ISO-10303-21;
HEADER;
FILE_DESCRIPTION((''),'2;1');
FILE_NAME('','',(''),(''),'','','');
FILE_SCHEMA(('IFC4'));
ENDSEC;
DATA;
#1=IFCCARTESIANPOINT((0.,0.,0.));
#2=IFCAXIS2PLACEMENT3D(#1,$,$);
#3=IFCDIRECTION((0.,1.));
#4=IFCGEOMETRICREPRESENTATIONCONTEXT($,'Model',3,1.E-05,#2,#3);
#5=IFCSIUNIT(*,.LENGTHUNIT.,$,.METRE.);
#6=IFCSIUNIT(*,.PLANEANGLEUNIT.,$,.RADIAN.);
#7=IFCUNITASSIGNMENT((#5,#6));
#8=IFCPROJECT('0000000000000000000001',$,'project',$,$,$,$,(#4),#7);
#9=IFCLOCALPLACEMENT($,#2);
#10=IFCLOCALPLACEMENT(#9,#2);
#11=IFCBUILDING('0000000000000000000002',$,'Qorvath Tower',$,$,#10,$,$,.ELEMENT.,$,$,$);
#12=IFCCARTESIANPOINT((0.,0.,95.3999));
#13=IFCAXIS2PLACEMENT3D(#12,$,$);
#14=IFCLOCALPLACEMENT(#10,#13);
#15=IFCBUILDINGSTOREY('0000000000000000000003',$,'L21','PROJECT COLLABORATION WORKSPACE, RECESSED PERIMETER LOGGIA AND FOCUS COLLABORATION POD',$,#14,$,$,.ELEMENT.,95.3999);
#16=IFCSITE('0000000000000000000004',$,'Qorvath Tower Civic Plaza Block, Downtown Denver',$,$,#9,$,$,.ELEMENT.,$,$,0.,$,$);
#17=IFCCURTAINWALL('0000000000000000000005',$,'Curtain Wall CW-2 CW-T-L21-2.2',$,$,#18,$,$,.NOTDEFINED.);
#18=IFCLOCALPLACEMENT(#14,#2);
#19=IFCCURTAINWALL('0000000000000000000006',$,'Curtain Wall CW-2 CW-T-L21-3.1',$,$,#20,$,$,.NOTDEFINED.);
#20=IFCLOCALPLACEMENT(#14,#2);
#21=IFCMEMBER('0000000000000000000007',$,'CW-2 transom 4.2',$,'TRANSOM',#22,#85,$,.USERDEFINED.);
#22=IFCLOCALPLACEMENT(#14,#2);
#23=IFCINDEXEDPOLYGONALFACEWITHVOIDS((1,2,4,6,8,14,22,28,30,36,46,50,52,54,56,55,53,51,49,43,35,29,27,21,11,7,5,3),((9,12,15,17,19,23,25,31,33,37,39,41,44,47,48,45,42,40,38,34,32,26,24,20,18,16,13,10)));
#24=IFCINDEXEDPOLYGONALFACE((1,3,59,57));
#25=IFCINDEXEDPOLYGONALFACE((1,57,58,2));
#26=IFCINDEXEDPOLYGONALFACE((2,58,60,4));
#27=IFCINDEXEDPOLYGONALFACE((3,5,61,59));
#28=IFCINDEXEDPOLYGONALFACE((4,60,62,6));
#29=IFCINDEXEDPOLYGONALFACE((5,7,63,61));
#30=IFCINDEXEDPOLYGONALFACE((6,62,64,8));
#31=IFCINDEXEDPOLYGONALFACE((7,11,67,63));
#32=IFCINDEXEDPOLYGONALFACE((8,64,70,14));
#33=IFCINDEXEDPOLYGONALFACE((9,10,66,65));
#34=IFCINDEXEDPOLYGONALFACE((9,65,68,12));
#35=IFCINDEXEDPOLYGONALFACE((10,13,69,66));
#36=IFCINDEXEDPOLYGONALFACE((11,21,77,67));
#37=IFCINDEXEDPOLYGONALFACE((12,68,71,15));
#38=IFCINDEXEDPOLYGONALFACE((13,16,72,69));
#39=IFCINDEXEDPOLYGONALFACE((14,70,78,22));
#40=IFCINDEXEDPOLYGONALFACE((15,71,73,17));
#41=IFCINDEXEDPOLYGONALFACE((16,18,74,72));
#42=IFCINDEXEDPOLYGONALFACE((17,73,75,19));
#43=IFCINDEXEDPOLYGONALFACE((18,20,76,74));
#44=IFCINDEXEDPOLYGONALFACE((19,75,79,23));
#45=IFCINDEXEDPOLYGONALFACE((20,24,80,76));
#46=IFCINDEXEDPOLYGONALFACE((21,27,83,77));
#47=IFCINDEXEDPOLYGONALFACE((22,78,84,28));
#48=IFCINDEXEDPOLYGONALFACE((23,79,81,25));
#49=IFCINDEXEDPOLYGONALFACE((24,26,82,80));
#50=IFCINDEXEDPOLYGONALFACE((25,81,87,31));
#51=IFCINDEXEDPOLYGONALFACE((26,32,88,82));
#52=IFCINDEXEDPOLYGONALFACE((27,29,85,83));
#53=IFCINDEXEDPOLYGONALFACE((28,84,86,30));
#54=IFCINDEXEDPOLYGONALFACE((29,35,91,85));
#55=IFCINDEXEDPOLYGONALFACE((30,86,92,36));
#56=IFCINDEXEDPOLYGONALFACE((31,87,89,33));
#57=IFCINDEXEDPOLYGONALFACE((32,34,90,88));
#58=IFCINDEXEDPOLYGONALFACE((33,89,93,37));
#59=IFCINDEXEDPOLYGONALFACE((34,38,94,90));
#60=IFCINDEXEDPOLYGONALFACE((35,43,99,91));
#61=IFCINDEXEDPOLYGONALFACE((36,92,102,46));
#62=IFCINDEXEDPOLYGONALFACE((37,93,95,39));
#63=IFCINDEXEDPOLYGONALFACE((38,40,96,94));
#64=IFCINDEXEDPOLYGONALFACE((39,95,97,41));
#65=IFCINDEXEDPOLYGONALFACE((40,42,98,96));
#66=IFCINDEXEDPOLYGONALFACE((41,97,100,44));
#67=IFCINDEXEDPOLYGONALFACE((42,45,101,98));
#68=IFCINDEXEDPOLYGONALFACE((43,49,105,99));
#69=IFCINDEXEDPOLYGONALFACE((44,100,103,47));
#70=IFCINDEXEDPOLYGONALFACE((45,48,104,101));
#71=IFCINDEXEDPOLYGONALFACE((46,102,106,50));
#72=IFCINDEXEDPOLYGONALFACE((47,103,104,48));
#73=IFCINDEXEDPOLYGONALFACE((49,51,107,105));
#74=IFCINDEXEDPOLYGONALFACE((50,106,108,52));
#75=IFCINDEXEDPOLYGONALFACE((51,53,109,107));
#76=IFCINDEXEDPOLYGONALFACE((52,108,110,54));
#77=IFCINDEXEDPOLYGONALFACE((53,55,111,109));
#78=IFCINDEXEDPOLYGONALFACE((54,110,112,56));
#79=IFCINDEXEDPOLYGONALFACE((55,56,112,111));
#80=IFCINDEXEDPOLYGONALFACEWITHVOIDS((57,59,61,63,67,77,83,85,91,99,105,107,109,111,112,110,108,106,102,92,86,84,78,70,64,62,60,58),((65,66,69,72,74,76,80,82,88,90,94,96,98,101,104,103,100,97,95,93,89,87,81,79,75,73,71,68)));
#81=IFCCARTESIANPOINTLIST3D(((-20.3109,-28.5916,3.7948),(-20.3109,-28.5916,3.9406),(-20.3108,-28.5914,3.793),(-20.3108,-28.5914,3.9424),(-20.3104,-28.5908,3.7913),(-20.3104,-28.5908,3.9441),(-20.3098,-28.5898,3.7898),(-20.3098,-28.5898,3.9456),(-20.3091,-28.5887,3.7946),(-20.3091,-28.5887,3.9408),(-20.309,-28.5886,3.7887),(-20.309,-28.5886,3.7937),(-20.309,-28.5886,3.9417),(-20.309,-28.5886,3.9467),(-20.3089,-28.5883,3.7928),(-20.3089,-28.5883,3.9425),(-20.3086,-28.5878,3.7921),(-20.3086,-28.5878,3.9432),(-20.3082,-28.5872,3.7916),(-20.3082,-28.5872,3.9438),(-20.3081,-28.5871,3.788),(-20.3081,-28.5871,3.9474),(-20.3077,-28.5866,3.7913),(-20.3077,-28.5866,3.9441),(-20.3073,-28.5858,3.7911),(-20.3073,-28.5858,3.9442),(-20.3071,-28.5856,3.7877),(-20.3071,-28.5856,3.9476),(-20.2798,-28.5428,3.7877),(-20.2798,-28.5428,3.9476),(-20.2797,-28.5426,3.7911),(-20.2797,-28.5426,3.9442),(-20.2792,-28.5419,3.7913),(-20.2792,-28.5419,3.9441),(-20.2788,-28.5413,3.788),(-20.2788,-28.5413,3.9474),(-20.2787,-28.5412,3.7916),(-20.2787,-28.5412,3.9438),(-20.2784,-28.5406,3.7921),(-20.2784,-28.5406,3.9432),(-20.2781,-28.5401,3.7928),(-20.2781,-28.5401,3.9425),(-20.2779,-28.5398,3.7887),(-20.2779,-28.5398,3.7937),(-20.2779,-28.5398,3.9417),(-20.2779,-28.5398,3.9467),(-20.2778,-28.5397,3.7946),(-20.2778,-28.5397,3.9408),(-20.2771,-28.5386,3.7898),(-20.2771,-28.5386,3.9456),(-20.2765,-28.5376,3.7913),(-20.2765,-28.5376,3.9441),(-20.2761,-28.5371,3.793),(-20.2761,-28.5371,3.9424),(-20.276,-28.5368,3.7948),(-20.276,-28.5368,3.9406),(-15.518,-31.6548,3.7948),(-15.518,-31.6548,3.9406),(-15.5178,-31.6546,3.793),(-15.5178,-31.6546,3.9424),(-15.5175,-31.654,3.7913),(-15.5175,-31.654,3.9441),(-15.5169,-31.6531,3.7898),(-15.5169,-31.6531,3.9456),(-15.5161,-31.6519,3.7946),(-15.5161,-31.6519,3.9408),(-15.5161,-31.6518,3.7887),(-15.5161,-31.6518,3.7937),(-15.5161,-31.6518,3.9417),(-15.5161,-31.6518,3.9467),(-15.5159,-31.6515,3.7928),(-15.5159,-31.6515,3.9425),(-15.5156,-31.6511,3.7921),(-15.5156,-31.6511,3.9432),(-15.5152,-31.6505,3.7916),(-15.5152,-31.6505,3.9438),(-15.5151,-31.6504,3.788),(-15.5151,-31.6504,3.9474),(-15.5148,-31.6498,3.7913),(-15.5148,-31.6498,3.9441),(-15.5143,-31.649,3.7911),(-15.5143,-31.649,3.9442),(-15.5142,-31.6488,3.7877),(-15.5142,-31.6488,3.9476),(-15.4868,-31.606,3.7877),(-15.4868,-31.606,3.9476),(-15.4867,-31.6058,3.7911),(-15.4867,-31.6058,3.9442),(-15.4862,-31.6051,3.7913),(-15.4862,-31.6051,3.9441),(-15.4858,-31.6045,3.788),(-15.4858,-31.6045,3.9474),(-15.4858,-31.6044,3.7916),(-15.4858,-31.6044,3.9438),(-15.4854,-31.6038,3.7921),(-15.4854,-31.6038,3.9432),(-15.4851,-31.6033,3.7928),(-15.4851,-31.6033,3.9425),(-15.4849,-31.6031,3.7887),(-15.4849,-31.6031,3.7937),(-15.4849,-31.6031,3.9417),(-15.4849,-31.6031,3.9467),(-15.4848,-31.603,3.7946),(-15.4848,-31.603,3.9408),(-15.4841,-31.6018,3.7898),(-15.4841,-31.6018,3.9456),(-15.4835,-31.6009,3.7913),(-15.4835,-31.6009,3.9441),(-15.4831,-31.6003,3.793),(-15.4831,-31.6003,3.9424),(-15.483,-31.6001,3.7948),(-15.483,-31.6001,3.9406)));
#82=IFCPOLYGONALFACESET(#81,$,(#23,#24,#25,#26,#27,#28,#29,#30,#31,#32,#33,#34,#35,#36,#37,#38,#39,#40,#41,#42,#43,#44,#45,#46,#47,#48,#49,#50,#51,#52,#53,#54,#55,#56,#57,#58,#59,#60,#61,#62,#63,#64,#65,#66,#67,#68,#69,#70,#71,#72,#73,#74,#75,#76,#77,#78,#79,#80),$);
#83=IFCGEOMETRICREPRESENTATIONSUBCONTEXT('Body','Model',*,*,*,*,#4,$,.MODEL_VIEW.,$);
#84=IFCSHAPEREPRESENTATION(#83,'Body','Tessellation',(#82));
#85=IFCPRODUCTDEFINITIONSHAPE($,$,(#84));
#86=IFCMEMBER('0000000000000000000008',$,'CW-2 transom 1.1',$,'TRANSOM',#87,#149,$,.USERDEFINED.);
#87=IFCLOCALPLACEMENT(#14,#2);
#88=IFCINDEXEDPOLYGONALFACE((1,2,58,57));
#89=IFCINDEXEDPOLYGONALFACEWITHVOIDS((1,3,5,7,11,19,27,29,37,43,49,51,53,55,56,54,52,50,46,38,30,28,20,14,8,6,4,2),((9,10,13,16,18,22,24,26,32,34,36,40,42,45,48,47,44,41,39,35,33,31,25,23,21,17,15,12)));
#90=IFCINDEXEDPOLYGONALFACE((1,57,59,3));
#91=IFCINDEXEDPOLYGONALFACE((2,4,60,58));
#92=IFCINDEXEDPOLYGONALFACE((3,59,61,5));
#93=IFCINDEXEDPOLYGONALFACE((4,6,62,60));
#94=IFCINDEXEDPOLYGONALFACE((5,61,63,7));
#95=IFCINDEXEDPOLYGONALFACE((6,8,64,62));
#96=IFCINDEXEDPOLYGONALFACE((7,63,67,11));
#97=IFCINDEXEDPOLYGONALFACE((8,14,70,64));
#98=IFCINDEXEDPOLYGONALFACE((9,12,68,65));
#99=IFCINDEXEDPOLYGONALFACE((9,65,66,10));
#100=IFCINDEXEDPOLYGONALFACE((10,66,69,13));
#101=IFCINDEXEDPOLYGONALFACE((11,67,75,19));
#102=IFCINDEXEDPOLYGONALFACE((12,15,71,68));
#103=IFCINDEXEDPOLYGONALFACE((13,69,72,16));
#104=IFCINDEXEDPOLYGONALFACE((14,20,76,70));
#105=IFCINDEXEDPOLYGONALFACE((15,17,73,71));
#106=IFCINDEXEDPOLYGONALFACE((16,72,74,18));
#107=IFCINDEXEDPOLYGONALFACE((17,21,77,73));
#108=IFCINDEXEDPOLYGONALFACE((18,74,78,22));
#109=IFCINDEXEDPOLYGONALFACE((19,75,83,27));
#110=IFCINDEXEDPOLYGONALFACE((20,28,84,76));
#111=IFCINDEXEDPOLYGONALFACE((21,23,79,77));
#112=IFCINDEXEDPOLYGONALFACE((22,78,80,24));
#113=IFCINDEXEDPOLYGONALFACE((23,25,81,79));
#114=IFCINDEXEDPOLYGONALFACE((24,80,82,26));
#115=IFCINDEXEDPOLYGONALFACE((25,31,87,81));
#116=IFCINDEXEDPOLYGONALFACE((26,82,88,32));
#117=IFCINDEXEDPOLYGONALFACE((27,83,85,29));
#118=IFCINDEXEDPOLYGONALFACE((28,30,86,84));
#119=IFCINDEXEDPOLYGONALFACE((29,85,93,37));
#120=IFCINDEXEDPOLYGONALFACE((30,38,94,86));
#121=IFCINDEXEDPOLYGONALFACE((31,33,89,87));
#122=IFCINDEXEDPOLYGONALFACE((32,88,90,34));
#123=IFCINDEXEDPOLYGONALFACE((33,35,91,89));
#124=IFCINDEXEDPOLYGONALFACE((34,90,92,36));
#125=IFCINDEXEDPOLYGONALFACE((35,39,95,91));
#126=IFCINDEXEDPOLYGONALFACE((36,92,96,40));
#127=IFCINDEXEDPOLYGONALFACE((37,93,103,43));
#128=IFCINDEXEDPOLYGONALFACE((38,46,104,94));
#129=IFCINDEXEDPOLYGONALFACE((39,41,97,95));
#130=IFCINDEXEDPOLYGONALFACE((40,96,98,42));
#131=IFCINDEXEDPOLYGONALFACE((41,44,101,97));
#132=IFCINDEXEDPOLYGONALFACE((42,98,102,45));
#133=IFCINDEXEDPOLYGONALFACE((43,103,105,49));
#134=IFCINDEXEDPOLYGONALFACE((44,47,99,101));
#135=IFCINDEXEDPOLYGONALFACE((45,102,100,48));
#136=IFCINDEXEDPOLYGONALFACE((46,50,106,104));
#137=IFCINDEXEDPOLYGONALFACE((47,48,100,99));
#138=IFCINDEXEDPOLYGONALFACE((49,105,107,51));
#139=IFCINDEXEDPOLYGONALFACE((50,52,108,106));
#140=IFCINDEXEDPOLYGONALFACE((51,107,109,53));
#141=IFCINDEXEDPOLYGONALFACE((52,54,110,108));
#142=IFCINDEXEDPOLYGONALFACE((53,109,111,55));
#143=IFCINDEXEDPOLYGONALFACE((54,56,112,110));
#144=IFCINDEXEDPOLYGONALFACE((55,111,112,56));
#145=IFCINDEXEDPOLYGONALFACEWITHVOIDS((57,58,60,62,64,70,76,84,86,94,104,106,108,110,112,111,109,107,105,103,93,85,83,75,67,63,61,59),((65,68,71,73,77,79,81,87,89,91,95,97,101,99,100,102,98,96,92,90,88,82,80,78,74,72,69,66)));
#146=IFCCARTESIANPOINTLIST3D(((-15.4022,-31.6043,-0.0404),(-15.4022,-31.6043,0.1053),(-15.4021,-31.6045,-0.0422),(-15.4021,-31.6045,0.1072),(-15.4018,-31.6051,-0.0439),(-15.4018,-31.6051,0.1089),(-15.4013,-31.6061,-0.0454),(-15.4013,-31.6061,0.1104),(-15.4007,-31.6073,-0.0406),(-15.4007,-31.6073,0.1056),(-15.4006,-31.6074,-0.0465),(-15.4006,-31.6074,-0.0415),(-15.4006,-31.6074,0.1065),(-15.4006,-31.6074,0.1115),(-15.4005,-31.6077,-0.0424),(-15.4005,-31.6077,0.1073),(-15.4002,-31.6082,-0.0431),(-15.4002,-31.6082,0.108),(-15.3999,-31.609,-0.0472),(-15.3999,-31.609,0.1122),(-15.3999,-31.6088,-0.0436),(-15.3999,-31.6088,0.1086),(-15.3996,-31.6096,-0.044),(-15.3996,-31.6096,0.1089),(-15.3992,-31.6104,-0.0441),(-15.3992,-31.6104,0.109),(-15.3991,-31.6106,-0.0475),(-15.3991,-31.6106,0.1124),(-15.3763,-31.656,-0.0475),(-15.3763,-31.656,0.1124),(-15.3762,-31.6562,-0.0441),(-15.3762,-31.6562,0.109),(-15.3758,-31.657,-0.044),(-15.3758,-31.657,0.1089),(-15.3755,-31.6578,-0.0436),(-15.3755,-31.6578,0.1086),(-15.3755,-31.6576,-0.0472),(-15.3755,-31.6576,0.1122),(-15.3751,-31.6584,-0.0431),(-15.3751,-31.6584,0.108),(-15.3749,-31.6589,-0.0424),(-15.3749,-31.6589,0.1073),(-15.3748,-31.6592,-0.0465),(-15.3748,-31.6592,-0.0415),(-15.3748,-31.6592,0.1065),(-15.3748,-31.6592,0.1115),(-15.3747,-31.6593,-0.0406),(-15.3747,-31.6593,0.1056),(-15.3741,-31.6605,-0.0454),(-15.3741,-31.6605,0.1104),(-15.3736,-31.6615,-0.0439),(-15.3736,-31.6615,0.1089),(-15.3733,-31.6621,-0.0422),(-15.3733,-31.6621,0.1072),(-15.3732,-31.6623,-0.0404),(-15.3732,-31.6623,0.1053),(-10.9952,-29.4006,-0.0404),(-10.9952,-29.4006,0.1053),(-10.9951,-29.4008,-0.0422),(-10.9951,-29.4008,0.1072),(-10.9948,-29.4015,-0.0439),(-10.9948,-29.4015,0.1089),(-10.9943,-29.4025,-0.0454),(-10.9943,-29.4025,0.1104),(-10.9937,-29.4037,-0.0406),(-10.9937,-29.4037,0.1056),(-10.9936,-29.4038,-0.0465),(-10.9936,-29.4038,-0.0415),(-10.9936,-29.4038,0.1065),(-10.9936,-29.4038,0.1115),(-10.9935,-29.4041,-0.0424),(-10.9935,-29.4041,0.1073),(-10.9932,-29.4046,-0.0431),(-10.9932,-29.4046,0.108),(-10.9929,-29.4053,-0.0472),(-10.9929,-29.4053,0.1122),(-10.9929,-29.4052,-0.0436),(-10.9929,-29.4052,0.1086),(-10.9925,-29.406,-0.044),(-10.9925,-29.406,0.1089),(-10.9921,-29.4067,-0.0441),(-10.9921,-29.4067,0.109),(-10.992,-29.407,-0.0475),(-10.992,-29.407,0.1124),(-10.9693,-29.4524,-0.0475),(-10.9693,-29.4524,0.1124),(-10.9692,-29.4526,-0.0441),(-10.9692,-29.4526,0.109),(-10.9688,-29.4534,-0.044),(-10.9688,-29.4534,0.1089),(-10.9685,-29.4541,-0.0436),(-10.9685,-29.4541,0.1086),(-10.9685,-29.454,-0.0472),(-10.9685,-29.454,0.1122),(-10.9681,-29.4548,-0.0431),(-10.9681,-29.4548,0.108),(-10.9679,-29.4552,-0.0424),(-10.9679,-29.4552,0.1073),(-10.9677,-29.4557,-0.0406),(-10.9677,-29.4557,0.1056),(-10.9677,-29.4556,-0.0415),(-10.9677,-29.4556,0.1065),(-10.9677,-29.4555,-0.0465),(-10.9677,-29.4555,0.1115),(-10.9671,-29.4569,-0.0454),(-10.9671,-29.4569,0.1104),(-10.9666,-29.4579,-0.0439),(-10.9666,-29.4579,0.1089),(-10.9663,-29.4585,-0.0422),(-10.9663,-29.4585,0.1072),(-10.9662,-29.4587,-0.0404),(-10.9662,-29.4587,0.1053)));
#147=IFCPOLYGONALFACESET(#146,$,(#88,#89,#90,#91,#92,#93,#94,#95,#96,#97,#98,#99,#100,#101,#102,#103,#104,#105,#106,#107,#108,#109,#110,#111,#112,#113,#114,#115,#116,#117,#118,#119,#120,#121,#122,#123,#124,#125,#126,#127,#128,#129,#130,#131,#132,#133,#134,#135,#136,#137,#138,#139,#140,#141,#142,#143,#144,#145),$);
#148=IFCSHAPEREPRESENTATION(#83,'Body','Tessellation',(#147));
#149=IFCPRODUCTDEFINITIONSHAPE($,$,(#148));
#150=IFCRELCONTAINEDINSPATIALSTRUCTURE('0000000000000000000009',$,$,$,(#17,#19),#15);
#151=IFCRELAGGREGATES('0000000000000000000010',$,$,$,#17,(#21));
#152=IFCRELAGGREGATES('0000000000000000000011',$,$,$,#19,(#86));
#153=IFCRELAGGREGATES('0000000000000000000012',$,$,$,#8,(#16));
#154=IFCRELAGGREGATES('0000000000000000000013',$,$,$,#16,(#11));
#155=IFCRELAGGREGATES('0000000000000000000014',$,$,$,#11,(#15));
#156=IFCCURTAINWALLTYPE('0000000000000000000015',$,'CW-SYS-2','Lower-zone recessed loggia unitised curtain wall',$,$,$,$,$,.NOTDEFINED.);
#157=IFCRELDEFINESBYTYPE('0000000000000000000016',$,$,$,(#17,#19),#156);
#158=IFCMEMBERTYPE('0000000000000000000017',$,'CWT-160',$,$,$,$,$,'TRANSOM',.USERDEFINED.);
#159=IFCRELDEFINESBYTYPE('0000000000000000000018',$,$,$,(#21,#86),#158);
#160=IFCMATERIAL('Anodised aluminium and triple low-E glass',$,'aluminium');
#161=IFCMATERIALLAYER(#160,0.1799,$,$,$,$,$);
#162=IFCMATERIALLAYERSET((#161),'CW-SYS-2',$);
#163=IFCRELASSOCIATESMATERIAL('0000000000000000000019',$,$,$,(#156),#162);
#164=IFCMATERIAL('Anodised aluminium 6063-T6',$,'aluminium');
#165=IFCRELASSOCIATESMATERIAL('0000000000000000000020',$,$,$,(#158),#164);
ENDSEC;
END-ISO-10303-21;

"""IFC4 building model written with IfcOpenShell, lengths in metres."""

from ifc_helpers import new_model, si_unit, direction, frame, origin, origin_2d, place, context, subcontext, project, spatial, hollow_rectangle, extrude, material, layer, layer_set, material_profile, profile_set, type_object, element, aggregate, save


model = new_model("IFC4")

# Units and contexts
model_context = context("Model", 3, precision=1e-05, world=origin(), true_north=direction((0.0, 1.0)))
body_context = subcontext(model_context, "Body", "Model", "MODEL_VIEW")
ifc_project = project(units=[si_unit("LENGTHUNIT", "METRE"), si_unit("PLANEANGLEUNIT", "RADIAN")], contexts=[model_context])

# Site, building, storey
site_placement = place(None, origin())
site = spatial("IfcSite", under=ifc_project, at=site_placement, Name="Qorvath Tower Civic Plaza Block, Downtown Denver", CompositionType="ELEMENT", RefElevation=0.0)
building_placement = place(site_placement, origin())
building = spatial("IfcBuilding", under=site, at=building_placement, Name="Qorvath Tower", CompositionType="ELEMENT")
storey_placement = place(building_placement, frame((0.0, 0.0, 95.3999)))
storey = spatial("IfcBuildingStorey", under=building, at=storey_placement, Name="L21", Description="PROJECT COLLABORATION WORKSPACE, RECESSED PERIMETER LOGGIA AND FOCUS COLLABORATION POD", CompositionType="ELEMENT", Elevation=95.3999)

# Curtain wall
ifc_material_1 = material(Name="Anodised aluminium and triple low-E glass", Category="aluminium")
ifc_layer_1 = layer(ifc_material_1, 0.1799)
ifc_layer_set_1 = layer_set([ifc_layer_1], Name="CW-SYS-2")
curtain_wall_type = type_object("IfcCurtainWallType", Name="CW-SYS-2", Description="Lower-zone recessed loggia unitised curtain wall", PredefinedType="NOTDEFINED", material=ifc_layer_set_1)
curtain_wall_1_placement = place(storey_placement, origin())
curtain_wall_1 = element("IfcCurtainWall", 1, at=curtain_wall_1_placement, inside=storey, type_object=curtain_wall_type, Name="Curtain Wall CW-2 CW-T-L21-2.2", PredefinedType="NOTDEFINED")

# Curtain wall
curtain_wall_2_placement = place(storey_placement, origin())
curtain_wall_2 = element("IfcCurtainWall", 2, at=curtain_wall_2_placement, inside=storey, type_object=curtain_wall_type, Name="Curtain Wall CW-2 CW-T-L21-3.1", PredefinedType="NOTDEFINED")

# Members
ifc_material_2 = material(Name="Anodised aluminium 6063-T6", Category="aluminium")
ifc_material_profile_1 = material_profile(ifc_material_2, hollow_rectangle(XDim=0.0649, YDim=0.1599, WallThickness=0.0034, InnerFilletRadius=0.0034, OuterFilletRadius=0.0071, at=origin_2d()), Name="CWT 160x65")
ifc_profile_set_1 = profile_set([ifc_material_profile_1], Name="Anodised aluminium 6063-T6")
member_type_1 = type_object("IfcMemberType", Name="CWT-160", ElementType="TRANSOM", PredefinedType="USERDEFINED", material=ifc_profile_set_1)
member_1_placement = place(storey_placement, frame((-20.2935, -28.5642, 3.8677), z_axis=(0.842612, -0.538521, 0.0), x_axis=(0.538521, 0.842612, 0.0)))
member_1 = element("IfcMember", 3, at=member_1_placement, type_object=member_type_1, Name="CW-2 transom 4.2", ObjectType="TRANSOM", PredefinedType="USERDEFINED", context=body_context, shape_type="SweptSolid", body=[
    extrude(hollow_rectangle(XDim=0.0649, YDim=0.1599, WallThickness=0.0034, InnerFilletRadius=0.0034, OuterFilletRadius=0.0071, at=origin_2d()), origin(), (0.0, 0.0, 1.0), 5.6882),
])
member_2_placement = place(storey_placement, frame((-15.3877, -31.6333, 0.0325), z_axis=(0.894417, 0.447233, 0.0), x_axis=(-0.447233, 0.894417, 0.0)))
member_2 = element("IfcMember", 4, at=member_2_placement, type_object=member_type_1, Name="CW-2 transom 1.1", ObjectType="TRANSOM", PredefinedType="USERDEFINED", context=body_context, shape_type="SweptSolid", body=[
    extrude(hollow_rectangle(XDim=0.0649, YDim=0.1599, WallThickness=0.0034, InnerFilletRadius=0.0034, OuterFilletRadius=0.0071, at=origin_2d()), origin(), (0.0, 0.0, 1.0), 4.9272),
])

aggregate(curtain_wall_1, [member_1])
aggregate(curtain_wall_2, [member_2])

save(model, "model.ifc")
